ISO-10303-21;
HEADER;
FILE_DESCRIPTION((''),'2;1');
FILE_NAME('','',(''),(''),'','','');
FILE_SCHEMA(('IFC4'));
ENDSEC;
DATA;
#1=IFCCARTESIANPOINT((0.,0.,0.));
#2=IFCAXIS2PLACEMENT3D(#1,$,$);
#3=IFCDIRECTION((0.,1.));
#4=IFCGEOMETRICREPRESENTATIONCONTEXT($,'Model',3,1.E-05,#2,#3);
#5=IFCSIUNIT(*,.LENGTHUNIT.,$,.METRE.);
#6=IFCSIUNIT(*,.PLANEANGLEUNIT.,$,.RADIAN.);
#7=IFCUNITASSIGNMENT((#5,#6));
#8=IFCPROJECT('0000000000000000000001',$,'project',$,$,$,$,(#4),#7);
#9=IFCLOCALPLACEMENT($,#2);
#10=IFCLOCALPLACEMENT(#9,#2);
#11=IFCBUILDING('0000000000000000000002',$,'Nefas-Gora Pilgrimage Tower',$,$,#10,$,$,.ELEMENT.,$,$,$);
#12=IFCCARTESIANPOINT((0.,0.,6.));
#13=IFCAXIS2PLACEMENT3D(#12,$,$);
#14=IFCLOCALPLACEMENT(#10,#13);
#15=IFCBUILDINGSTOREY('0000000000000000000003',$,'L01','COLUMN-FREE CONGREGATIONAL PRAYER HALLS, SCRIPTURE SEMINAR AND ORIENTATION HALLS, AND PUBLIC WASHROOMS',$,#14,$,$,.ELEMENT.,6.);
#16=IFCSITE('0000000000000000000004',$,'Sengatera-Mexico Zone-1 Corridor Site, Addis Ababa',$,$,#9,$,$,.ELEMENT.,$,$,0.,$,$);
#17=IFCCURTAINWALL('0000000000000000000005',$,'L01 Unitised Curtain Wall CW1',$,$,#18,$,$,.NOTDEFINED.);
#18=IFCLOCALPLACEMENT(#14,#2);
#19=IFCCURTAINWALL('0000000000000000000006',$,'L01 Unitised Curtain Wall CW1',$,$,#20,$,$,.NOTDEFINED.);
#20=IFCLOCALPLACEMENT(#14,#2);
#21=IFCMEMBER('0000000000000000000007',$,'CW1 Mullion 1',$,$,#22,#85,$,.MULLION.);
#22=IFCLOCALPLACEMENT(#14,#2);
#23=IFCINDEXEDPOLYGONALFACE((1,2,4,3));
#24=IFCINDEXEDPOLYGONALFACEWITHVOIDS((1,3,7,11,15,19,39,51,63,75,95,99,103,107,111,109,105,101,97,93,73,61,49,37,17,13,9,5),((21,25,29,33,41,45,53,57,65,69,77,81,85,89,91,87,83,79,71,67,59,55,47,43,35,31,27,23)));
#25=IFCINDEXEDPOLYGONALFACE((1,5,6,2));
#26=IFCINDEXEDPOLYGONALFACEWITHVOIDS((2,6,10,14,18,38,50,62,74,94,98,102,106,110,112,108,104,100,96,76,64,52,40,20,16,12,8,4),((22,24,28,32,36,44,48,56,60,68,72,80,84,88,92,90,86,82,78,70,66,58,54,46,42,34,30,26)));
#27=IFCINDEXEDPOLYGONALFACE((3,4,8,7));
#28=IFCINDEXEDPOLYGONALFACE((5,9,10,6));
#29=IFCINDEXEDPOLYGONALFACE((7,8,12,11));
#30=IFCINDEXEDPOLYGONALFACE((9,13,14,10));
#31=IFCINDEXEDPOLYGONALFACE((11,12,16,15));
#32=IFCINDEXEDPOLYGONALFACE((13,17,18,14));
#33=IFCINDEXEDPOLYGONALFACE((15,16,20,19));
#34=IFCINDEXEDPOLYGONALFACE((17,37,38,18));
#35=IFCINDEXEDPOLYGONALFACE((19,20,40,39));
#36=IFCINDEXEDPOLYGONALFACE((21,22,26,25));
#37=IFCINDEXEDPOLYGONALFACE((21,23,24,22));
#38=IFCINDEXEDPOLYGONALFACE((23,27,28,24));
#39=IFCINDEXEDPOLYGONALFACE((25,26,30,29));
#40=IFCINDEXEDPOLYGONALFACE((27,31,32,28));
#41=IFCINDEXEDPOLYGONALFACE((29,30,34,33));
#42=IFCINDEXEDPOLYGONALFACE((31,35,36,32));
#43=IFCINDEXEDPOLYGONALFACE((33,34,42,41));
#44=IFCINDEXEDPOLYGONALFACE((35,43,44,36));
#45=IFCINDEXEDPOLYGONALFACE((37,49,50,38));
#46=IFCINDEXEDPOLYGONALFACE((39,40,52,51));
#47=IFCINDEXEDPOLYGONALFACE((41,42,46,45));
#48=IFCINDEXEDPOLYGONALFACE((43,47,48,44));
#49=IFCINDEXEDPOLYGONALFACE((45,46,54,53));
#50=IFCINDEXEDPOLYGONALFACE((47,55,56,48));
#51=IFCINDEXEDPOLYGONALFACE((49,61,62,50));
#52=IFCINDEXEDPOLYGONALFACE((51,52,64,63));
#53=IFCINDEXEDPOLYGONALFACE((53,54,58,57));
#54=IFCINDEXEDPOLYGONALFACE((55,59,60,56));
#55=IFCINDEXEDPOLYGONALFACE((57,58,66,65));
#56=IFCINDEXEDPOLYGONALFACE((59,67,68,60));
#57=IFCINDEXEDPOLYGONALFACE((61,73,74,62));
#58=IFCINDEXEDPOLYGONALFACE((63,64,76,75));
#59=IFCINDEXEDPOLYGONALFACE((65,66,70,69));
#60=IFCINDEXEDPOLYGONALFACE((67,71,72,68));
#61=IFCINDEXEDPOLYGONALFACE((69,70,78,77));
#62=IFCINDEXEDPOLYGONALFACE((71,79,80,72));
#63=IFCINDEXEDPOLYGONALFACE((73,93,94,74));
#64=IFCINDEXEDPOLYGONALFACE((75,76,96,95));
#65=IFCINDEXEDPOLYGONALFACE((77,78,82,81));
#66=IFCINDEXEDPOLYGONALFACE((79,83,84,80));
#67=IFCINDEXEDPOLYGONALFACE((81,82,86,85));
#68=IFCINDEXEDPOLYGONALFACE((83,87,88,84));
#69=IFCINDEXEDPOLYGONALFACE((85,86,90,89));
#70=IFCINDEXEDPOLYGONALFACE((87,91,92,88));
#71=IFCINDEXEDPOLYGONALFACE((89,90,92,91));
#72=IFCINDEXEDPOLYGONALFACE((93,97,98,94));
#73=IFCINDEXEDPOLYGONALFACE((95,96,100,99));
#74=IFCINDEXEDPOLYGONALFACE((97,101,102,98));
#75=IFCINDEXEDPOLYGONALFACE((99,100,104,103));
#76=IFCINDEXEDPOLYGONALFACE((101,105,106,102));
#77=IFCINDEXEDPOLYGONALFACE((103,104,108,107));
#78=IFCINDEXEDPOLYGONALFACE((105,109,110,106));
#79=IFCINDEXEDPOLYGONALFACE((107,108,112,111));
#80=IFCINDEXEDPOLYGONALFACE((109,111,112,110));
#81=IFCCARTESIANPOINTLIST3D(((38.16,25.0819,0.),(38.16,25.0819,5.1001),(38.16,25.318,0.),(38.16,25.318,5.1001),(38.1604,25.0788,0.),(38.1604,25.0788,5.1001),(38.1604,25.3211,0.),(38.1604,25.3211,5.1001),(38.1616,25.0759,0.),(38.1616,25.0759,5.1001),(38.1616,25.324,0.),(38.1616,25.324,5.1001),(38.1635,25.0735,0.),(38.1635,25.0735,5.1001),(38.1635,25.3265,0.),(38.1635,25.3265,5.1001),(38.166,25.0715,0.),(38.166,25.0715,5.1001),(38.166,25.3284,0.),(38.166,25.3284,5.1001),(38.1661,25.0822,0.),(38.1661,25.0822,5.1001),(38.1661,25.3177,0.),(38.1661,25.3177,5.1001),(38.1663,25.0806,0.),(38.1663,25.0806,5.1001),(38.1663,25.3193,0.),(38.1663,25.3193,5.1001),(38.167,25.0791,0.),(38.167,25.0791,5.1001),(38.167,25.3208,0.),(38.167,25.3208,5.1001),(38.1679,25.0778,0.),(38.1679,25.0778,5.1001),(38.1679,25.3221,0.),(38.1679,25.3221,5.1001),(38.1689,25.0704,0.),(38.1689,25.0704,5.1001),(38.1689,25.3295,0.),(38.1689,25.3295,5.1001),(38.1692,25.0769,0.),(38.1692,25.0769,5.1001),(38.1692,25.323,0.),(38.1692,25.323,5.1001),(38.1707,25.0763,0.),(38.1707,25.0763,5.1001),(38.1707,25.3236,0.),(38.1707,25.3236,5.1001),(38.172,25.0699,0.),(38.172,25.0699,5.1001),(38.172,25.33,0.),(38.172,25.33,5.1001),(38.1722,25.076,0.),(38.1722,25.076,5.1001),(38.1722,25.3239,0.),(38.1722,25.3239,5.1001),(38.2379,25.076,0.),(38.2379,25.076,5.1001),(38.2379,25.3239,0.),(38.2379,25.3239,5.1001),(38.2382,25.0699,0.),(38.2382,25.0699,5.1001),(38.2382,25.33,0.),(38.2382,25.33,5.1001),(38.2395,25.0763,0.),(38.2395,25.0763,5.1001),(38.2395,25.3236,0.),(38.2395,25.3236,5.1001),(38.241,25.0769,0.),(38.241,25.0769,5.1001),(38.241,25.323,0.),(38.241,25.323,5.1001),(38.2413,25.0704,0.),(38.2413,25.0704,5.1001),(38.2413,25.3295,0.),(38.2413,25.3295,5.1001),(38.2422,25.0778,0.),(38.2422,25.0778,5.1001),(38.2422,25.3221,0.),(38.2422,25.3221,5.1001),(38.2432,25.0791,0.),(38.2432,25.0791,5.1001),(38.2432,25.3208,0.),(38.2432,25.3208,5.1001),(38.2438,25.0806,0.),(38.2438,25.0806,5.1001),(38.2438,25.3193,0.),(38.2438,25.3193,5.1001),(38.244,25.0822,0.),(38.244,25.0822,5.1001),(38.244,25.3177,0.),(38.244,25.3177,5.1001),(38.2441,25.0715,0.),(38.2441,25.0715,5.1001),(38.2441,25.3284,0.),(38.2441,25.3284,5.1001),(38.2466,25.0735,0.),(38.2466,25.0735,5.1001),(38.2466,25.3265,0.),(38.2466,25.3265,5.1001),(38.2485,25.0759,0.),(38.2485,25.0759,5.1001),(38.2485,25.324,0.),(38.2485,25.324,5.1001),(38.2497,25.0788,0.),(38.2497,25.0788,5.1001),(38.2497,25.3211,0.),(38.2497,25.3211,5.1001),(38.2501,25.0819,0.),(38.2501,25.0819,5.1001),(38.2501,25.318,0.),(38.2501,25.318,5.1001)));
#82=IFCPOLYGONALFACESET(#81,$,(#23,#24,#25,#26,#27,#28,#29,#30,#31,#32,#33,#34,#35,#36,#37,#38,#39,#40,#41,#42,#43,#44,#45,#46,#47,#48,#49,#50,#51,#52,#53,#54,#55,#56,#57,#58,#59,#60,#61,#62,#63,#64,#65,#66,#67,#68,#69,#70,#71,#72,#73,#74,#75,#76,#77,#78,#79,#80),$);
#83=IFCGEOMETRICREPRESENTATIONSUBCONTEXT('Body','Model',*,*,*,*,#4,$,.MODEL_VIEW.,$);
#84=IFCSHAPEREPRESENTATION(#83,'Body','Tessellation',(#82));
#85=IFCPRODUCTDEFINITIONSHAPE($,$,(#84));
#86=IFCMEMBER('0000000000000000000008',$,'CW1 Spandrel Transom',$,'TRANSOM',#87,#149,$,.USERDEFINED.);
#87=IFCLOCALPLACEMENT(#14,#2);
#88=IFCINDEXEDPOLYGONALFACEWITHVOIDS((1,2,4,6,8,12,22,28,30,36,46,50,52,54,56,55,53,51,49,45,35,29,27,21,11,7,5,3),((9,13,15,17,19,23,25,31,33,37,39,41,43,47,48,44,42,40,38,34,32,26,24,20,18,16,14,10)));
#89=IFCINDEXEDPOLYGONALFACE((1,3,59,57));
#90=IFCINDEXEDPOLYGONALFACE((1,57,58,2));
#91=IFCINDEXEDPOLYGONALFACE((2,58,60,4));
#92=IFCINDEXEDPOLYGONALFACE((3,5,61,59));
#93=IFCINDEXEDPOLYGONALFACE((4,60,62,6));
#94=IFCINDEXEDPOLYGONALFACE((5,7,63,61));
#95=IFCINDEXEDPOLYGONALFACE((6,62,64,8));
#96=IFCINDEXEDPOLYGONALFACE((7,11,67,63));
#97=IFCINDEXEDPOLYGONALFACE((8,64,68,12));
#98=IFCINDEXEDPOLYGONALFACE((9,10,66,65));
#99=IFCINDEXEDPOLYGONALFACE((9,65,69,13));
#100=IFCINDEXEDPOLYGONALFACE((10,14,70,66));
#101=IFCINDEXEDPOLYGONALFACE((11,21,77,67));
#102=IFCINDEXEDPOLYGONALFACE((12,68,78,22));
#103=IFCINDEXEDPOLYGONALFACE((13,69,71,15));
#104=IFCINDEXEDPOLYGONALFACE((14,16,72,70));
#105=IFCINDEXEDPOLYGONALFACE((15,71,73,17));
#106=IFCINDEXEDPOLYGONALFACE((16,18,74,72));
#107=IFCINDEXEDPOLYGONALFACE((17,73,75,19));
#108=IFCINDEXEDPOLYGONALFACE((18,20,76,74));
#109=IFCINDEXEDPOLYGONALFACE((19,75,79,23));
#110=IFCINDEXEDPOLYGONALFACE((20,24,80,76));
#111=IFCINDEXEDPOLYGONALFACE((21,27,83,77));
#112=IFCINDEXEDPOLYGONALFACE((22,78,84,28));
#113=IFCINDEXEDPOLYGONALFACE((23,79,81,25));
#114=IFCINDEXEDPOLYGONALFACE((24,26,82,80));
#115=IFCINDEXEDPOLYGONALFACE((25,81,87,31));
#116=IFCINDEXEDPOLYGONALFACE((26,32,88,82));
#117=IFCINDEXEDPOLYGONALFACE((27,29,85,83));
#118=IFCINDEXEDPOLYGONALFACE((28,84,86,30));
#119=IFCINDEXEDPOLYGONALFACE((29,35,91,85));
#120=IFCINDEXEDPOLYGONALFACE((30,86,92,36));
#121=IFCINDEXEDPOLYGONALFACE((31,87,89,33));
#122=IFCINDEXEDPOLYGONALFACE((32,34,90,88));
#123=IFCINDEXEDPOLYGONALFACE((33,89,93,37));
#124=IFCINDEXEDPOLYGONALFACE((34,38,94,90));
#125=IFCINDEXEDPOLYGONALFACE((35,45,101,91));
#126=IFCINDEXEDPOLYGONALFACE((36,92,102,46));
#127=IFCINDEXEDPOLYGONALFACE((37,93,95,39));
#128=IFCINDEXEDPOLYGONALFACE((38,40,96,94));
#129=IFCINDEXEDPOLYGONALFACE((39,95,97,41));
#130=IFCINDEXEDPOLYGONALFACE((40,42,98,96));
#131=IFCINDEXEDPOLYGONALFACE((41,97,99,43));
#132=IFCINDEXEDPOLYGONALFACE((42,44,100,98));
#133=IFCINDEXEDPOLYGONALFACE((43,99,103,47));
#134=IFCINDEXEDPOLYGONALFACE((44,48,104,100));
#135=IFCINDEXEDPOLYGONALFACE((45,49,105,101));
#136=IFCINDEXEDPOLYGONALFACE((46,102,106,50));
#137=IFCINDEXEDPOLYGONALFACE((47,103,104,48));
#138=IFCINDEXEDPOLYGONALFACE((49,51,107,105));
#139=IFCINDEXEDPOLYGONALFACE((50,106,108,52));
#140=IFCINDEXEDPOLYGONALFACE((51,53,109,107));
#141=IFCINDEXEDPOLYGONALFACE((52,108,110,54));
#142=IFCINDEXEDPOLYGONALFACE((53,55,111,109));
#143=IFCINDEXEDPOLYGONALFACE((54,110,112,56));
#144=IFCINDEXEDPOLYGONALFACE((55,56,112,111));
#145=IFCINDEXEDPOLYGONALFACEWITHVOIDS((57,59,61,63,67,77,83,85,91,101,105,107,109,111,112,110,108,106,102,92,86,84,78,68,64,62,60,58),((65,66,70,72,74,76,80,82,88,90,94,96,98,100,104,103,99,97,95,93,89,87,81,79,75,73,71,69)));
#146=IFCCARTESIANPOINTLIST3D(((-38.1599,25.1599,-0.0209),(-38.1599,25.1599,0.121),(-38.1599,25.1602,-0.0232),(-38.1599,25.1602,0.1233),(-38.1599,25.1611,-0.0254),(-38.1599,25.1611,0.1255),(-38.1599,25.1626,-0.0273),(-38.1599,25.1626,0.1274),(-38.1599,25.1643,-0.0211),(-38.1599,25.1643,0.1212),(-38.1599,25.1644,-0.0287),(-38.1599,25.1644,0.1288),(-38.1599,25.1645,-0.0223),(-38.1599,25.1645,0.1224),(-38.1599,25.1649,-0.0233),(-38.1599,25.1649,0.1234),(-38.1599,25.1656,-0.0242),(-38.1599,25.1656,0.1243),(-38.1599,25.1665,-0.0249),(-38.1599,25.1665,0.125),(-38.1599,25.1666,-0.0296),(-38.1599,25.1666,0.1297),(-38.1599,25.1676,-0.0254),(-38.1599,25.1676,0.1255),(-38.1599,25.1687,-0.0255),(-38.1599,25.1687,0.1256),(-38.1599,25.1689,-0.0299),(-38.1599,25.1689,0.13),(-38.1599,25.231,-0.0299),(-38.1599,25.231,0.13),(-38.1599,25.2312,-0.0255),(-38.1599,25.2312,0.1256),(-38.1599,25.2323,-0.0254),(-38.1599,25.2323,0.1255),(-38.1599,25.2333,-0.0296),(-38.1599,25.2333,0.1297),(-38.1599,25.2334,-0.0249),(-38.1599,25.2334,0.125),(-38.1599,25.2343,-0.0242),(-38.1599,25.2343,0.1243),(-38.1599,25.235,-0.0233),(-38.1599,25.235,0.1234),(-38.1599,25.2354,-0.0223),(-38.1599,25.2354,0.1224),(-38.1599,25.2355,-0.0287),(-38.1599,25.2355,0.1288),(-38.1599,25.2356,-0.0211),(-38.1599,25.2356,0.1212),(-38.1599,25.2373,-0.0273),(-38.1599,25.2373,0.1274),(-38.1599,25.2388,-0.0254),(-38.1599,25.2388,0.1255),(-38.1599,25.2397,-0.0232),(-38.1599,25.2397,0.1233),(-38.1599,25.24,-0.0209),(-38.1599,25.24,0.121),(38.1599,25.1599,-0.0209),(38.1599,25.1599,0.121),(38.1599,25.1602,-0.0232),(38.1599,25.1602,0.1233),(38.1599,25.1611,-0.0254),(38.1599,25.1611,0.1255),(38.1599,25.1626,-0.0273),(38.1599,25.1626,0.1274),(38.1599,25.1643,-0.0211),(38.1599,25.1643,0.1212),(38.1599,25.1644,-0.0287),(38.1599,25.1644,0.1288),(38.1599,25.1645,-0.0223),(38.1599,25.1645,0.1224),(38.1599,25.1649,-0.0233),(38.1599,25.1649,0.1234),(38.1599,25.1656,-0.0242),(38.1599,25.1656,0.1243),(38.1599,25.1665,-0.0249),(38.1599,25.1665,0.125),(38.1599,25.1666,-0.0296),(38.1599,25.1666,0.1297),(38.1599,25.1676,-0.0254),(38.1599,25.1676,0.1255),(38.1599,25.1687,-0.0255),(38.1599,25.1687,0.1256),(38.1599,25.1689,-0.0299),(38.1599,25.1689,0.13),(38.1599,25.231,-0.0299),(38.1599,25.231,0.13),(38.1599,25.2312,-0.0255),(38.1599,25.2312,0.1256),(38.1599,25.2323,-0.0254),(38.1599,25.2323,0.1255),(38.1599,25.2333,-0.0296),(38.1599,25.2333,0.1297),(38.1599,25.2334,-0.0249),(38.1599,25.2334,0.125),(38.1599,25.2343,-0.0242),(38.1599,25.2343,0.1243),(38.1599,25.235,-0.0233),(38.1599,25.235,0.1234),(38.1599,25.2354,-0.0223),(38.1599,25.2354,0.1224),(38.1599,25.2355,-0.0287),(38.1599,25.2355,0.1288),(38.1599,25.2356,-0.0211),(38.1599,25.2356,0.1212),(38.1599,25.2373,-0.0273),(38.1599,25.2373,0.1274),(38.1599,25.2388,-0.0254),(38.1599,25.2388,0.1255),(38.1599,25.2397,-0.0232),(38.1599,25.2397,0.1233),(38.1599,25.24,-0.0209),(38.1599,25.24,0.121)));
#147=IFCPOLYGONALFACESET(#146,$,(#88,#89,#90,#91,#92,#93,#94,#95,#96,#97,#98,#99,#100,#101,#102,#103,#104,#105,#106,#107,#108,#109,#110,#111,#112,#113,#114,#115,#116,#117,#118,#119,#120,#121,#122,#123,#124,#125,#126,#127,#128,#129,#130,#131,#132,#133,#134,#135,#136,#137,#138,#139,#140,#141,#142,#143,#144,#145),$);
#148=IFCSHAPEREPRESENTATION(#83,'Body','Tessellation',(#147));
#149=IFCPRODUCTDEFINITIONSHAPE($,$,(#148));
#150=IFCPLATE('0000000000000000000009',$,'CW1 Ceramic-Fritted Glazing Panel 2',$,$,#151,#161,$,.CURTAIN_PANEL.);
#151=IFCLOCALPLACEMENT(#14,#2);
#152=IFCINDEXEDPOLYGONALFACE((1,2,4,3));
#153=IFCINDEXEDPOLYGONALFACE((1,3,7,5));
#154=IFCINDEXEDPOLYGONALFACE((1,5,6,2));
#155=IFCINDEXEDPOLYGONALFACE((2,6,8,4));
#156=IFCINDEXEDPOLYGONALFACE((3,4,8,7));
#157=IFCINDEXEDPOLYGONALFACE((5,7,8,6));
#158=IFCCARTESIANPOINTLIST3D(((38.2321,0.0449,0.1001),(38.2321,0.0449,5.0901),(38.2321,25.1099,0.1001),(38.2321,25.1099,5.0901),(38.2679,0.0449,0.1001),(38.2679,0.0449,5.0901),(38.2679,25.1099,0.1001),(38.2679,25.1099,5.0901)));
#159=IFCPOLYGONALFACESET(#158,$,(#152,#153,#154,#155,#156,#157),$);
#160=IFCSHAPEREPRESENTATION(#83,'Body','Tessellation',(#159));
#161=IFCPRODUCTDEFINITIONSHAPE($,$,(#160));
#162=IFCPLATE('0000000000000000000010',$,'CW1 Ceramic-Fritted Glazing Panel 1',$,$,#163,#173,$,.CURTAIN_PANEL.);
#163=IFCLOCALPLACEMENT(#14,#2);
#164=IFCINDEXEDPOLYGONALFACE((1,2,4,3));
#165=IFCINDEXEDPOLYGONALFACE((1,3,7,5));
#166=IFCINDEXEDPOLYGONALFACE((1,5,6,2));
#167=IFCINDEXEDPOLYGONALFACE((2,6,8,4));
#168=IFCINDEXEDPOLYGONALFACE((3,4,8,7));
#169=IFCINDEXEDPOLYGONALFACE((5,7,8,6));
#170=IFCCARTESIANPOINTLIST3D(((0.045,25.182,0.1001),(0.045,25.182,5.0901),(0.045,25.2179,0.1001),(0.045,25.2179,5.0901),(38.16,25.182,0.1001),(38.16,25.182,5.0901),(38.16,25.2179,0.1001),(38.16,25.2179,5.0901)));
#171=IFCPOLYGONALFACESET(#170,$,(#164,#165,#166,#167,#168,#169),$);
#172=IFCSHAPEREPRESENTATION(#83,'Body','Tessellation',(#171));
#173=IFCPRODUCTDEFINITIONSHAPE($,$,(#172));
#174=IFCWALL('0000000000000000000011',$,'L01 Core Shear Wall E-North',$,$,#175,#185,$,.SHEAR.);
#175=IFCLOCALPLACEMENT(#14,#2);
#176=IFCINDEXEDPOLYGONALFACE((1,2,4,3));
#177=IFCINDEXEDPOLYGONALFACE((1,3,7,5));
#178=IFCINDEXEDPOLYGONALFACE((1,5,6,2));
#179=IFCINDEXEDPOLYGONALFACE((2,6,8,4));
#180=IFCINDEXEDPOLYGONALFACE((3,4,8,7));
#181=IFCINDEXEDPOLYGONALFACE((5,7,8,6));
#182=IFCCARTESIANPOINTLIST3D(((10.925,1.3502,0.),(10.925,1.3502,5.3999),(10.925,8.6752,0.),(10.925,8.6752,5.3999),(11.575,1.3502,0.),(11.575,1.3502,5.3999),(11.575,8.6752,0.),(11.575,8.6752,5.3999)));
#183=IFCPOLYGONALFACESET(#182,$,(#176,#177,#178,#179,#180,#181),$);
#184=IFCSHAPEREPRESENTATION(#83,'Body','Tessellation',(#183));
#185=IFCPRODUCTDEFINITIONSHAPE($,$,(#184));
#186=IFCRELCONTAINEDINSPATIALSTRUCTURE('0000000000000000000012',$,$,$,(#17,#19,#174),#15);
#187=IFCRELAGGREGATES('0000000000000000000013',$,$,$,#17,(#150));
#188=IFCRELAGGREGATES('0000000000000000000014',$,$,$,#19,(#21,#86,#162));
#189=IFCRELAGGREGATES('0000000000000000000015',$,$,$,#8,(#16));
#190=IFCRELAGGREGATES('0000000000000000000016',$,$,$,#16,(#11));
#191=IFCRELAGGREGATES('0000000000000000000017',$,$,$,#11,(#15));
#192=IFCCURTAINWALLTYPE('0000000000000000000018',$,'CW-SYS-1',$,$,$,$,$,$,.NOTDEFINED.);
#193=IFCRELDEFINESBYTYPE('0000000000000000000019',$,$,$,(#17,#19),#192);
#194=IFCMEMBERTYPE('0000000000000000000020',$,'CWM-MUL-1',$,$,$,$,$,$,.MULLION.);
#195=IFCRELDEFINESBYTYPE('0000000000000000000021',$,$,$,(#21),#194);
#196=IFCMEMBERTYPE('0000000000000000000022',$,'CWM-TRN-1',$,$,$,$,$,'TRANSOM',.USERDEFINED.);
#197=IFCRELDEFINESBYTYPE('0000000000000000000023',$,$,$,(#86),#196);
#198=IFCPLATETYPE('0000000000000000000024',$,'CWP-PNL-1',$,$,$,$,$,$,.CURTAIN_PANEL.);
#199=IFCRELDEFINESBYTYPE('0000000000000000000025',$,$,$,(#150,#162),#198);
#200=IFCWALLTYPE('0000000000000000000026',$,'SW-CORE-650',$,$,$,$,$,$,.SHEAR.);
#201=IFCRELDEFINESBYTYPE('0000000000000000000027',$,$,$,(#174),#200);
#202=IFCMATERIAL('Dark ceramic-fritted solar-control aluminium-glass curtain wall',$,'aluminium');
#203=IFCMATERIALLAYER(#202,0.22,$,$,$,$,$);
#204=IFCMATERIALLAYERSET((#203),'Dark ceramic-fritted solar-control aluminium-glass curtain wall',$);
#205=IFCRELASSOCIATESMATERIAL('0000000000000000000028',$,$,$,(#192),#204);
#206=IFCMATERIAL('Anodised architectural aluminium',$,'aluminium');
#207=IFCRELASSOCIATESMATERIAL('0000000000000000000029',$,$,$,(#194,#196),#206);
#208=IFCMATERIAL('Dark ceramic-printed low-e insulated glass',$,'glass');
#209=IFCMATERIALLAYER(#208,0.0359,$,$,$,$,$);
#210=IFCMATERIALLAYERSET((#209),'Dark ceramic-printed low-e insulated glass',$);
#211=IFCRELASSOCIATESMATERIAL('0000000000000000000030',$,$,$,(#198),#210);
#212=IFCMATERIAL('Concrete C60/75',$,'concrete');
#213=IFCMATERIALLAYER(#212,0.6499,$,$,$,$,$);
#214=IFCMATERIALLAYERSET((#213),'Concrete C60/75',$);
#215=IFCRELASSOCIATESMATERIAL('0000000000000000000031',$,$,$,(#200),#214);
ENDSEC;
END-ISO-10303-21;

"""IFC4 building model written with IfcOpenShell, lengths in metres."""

from ifc_helpers import new_model, si_unit, direction, frame, frame_2d, origin, origin_2d, place, context, subcontext, project, spatial, rectangle, hollow_rectangle, extrude, source, transform, mapped, material, layer, layer_set, material_profile, profile_set, type_object, element, aggregate, save


model = new_model("IFC4")

# Units and contexts
model_context = context("Model", 3, precision=1e-05, world=origin(), true_north=direction((0.0, 1.0)))
body_context = subcontext(model_context, "Body", "Model", "MODEL_VIEW")
ifc_project = project(units=[si_unit("LENGTHUNIT", "METRE"), si_unit("PLANEANGLEUNIT", "RADIAN")], contexts=[model_context])

# Site, building, storey
site_placement = place(None, origin())
site = spatial("IfcSite", under=ifc_project, at=site_placement, Name="Sengatera-Mexico Zone-1 Corridor Site, Addis Ababa", CompositionType="ELEMENT", RefElevation=0.0)
building_placement = place(site_placement, origin())
building = spatial("IfcBuilding", under=site, at=building_placement, Name="Nefas-Gora Pilgrimage Tower", CompositionType="ELEMENT")
storey_placement = place(building_placement, frame((0.0, 0.0, 6.0)))
storey = spatial("IfcBuildingStorey", under=building, at=storey_placement, Name="L01", Description="COLUMN-FREE CONGREGATIONAL PRAYER HALLS, SCRIPTURE SEMINAR AND ORIENTATION HALLS, AND PUBLIC WASHROOMS", CompositionType="ELEMENT", Elevation=6.0)

# Curtain walls, members
ifc_material_1 = material(Name="Dark ceramic-fritted solar-control aluminium-glass curtain wall", Category="aluminium")
ifc_layer_1 = layer(ifc_material_1, 0.22)
ifc_layer_set_1 = layer_set([ifc_layer_1], Name="Dark ceramic-fritted solar-control aluminium-glass curtain wall")
curtain_wall_type = type_object("IfcCurtainWallType", Name="CW-SYS-1", PredefinedType="NOTDEFINED", material=ifc_layer_set_1)
curtain_wall_1_placement = place(storey_placement, origin())
curtain_wall_1 = element("IfcCurtainWall", 1, at=curtain_wall_1_placement, inside=storey, type_object=curtain_wall_type, Name="L01 Unitised Curtain Wall CW1", PredefinedType="NOTDEFINED")
ifc_material_2 = material(Name="Anodised architectural aluminium", Category="aluminium")
ifc_material_profile_1 = material_profile(ifc_material_2, hollow_rectangle(XDim=0.0901, YDim=0.26, WallThickness=0.0061, InnerFilletRadius=0.0061, OuterFilletRadius=0.012, at=origin_2d()), Name="ALU MULLION 90x260")
ifc_profile_set_1 = profile_set([ifc_material_profile_1], Name="Anodised architectural aluminium")
member_type_1 = type_object("IfcMemberType", Name="CWM-MUL-1", PredefinedType="MULLION", material=ifc_profile_set_1)
shared_shape_1 = source(origin(), body_context, "Body", "SweptSolid", [
    extrude(hollow_rectangle(XDim=0.0901, YDim=0.26, WallThickness=0.0061, InnerFilletRadius=0.0061, OuterFilletRadius=0.012, at=origin_2d()), origin(), (0.0, 0.0, 1.0), 5.1001),
])
curtain_wall_2_placement = place(storey_placement, origin())
curtain_wall_2 = element("IfcCurtainWall", 2, at=curtain_wall_2_placement, inside=storey, type_object=curtain_wall_type, Name="L01 Unitised Curtain Wall CW1", PredefinedType="NOTDEFINED")
member_1_placement = place(storey_placement, frame((38.2051, 25.2, 0.0), z_axis=(0.0, 0.0, 1.0), x_axis=(-1.0, 0.0, 0.0)))
member_1 = element("IfcMember", 3, at=member_1_placement, type_object=member_type_1, Name="CW1 Mullion 1", PredefinedType="MULLION", context=body_context, shape_type="MappedRepresentation", body=[
    mapped(shared_shape_1, transform((0.0, 0.0, 0.0), x_axis=(1.0, 0.0, 0.0), y_axis=(0.0, 1.0, 0.0), z_axis=(0.0, 0.0, 1.0), scale=1.0)),
])
ifc_material_profile_2 = material_profile(ifc_material_2, hollow_rectangle(XDim=0.0801, YDim=0.1599, WallThickness=0.0044, InnerFilletRadius=0.0044, OuterFilletRadius=0.009, at=origin_2d()), Name="ALU TRANSOM 80x160")
ifc_profile_set_2 = profile_set([ifc_material_profile_2], Name="Anodised architectural aluminium")
member_type_2 = type_object("IfcMemberType", Name="CWM-TRN-1", ElementType="TRANSOM", PredefinedType="USERDEFINED", material=ifc_profile_set_2)
shared_shape_2 = source(origin(), body_context, "Body", "SweptSolid", [
    extrude(hollow_rectangle(XDim=0.0801, YDim=0.1599, WallThickness=0.0044, InnerFilletRadius=0.0044, OuterFilletRadius=0.009, at=origin_2d()), origin(), (0.0, 0.0, 1.0), 76.3198),
])
member_2_placement = place(storey_placement, frame((38.1599, 25.2, 0.05), z_axis=(-1.0, 0.0, 0.0), x_axis=(0.0, -1.0, 0.0)))
member_2 = element("IfcMember", 4, at=member_2_placement, type_object=member_type_2, Name="CW1 Spandrel Transom", ObjectType="TRANSOM", PredefinedType="USERDEFINED", context=body_context, shape_type="MappedRepresentation", body=[
    mapped(shared_shape_2, transform((0.0, 0.0, 0.0), x_axis=(1.0, 0.0, 0.0), y_axis=(0.0, 1.0, 0.0), z_axis=(0.0, 0.0, 1.0), scale=1.0)),
])

# Plates
ifc_material_3 = material(Name="Dark ceramic-printed low-e insulated glass", Category="glass")
ifc_layer_2 = layer(ifc_material_3, 0.0359)
ifc_layer_set_2 = layer_set([ifc_layer_2], Name="Dark ceramic-printed low-e insulated glass")
plate_type = type_object("IfcPlateType", Name="CWP-PNL-1", PredefinedType="CURTAIN_PANEL", material=ifc_layer_set_2)
shared_shape_3 = source(origin(), body_context, "Body", "SweptSolid", [
    extrude(rectangle(XDim=25.0649, YDim=0.0359, at=origin_2d()), origin(), (0.0, 0.0, 1.0), 4.99),
])
plate_1_placement = place(storey_placement, frame((38.25, 12.5774, 0.1001), z_axis=(0.0, 0.0, 1.0), x_axis=(0.0, 1.0, 0.0)))
plate_1 = element("IfcPlate", 5, at=plate_1_placement, type_object=plate_type, Name="CW1 Ceramic-Fritted Glazing Panel 2", PredefinedType="CURTAIN_PANEL", context=body_context, shape_type="MappedRepresentation", body=[
    mapped(shared_shape_3, transform((0.0, 0.0, 0.0), x_axis=(1.0, 0.0, 0.0), y_axis=(0.0, 1.0, 0.0), z_axis=(0.0, 0.0, 1.0), scale=1.0)),
])
aggregate(curtain_wall_1, [plate_1])
shared_shape_4 = source(origin(), body_context, "Body", "SweptSolid", [
    extrude(rectangle(XDim=38.115, YDim=0.0359, at=origin_2d()), origin(), (0.0, 0.0, 1.0), 4.99),
])
plate_2_placement = place(storey_placement, frame((19.1025, 25.2, 0.1001), z_axis=(0.0, 0.0, 1.0), x_axis=(-1.0, 0.0, 0.0)))
plate_2 = element("IfcPlate", 6, at=plate_2_placement, type_object=plate_type, Name="CW1 Ceramic-Fritted Glazing Panel 1", PredefinedType="CURTAIN_PANEL", context=body_context, shape_type="MappedRepresentation", body=[
    mapped(shared_shape_4, transform((0.0, 0.0, 0.0), x_axis=(1.0, 0.0, 0.0), y_axis=(0.0, 1.0, 0.0), z_axis=(0.0, 0.0, 1.0), scale=1.0)),
])
aggregate(curtain_wall_2, [member_1, member_2, plate_2])

# Wall
ifc_material_4 = material(Name="Concrete C60/75", Category="concrete")
ifc_layer_3 = layer(ifc_material_4, 0.6499)
ifc_layer_set_3 = layer_set([ifc_layer_3], Name="Concrete C60/75")
wall_type_1 = type_object("IfcWallType", Name="SW-CORE-650", PredefinedType="SHEAR", material=ifc_layer_set_3)
shared_shape_5 = source(origin(), body_context, "Body", "SweptSolid", [
    extrude(rectangle(XDim=7.325, YDim=0.6499, at=frame_2d((3.6626, 0.0))), origin(), (0.0, 0.0, 1.0), 5.3999),
])
wall_1_placement = place(storey_placement, frame((11.25, 1.3501, 0.0), z_axis=(0.0, 0.0, 1.0), x_axis=(0.0, 1.0, 0.0)))
element("IfcWall", 7, at=wall_1_placement, inside=storey, type_object=wall_type_1, Name="L01 Core Shear Wall E-North", PredefinedType="SHEAR", context=body_context, shape_type="MappedRepresentation", body=[
    mapped(shared_shape_5, transform((0.0, 0.0, 0.0), x_axis=(1.0, 0.0, 0.0), y_axis=(0.0, 1.0, 0.0), z_axis=(0.0, 0.0, 1.0), scale=1.0)),
])

save(model, "model.ifc")
